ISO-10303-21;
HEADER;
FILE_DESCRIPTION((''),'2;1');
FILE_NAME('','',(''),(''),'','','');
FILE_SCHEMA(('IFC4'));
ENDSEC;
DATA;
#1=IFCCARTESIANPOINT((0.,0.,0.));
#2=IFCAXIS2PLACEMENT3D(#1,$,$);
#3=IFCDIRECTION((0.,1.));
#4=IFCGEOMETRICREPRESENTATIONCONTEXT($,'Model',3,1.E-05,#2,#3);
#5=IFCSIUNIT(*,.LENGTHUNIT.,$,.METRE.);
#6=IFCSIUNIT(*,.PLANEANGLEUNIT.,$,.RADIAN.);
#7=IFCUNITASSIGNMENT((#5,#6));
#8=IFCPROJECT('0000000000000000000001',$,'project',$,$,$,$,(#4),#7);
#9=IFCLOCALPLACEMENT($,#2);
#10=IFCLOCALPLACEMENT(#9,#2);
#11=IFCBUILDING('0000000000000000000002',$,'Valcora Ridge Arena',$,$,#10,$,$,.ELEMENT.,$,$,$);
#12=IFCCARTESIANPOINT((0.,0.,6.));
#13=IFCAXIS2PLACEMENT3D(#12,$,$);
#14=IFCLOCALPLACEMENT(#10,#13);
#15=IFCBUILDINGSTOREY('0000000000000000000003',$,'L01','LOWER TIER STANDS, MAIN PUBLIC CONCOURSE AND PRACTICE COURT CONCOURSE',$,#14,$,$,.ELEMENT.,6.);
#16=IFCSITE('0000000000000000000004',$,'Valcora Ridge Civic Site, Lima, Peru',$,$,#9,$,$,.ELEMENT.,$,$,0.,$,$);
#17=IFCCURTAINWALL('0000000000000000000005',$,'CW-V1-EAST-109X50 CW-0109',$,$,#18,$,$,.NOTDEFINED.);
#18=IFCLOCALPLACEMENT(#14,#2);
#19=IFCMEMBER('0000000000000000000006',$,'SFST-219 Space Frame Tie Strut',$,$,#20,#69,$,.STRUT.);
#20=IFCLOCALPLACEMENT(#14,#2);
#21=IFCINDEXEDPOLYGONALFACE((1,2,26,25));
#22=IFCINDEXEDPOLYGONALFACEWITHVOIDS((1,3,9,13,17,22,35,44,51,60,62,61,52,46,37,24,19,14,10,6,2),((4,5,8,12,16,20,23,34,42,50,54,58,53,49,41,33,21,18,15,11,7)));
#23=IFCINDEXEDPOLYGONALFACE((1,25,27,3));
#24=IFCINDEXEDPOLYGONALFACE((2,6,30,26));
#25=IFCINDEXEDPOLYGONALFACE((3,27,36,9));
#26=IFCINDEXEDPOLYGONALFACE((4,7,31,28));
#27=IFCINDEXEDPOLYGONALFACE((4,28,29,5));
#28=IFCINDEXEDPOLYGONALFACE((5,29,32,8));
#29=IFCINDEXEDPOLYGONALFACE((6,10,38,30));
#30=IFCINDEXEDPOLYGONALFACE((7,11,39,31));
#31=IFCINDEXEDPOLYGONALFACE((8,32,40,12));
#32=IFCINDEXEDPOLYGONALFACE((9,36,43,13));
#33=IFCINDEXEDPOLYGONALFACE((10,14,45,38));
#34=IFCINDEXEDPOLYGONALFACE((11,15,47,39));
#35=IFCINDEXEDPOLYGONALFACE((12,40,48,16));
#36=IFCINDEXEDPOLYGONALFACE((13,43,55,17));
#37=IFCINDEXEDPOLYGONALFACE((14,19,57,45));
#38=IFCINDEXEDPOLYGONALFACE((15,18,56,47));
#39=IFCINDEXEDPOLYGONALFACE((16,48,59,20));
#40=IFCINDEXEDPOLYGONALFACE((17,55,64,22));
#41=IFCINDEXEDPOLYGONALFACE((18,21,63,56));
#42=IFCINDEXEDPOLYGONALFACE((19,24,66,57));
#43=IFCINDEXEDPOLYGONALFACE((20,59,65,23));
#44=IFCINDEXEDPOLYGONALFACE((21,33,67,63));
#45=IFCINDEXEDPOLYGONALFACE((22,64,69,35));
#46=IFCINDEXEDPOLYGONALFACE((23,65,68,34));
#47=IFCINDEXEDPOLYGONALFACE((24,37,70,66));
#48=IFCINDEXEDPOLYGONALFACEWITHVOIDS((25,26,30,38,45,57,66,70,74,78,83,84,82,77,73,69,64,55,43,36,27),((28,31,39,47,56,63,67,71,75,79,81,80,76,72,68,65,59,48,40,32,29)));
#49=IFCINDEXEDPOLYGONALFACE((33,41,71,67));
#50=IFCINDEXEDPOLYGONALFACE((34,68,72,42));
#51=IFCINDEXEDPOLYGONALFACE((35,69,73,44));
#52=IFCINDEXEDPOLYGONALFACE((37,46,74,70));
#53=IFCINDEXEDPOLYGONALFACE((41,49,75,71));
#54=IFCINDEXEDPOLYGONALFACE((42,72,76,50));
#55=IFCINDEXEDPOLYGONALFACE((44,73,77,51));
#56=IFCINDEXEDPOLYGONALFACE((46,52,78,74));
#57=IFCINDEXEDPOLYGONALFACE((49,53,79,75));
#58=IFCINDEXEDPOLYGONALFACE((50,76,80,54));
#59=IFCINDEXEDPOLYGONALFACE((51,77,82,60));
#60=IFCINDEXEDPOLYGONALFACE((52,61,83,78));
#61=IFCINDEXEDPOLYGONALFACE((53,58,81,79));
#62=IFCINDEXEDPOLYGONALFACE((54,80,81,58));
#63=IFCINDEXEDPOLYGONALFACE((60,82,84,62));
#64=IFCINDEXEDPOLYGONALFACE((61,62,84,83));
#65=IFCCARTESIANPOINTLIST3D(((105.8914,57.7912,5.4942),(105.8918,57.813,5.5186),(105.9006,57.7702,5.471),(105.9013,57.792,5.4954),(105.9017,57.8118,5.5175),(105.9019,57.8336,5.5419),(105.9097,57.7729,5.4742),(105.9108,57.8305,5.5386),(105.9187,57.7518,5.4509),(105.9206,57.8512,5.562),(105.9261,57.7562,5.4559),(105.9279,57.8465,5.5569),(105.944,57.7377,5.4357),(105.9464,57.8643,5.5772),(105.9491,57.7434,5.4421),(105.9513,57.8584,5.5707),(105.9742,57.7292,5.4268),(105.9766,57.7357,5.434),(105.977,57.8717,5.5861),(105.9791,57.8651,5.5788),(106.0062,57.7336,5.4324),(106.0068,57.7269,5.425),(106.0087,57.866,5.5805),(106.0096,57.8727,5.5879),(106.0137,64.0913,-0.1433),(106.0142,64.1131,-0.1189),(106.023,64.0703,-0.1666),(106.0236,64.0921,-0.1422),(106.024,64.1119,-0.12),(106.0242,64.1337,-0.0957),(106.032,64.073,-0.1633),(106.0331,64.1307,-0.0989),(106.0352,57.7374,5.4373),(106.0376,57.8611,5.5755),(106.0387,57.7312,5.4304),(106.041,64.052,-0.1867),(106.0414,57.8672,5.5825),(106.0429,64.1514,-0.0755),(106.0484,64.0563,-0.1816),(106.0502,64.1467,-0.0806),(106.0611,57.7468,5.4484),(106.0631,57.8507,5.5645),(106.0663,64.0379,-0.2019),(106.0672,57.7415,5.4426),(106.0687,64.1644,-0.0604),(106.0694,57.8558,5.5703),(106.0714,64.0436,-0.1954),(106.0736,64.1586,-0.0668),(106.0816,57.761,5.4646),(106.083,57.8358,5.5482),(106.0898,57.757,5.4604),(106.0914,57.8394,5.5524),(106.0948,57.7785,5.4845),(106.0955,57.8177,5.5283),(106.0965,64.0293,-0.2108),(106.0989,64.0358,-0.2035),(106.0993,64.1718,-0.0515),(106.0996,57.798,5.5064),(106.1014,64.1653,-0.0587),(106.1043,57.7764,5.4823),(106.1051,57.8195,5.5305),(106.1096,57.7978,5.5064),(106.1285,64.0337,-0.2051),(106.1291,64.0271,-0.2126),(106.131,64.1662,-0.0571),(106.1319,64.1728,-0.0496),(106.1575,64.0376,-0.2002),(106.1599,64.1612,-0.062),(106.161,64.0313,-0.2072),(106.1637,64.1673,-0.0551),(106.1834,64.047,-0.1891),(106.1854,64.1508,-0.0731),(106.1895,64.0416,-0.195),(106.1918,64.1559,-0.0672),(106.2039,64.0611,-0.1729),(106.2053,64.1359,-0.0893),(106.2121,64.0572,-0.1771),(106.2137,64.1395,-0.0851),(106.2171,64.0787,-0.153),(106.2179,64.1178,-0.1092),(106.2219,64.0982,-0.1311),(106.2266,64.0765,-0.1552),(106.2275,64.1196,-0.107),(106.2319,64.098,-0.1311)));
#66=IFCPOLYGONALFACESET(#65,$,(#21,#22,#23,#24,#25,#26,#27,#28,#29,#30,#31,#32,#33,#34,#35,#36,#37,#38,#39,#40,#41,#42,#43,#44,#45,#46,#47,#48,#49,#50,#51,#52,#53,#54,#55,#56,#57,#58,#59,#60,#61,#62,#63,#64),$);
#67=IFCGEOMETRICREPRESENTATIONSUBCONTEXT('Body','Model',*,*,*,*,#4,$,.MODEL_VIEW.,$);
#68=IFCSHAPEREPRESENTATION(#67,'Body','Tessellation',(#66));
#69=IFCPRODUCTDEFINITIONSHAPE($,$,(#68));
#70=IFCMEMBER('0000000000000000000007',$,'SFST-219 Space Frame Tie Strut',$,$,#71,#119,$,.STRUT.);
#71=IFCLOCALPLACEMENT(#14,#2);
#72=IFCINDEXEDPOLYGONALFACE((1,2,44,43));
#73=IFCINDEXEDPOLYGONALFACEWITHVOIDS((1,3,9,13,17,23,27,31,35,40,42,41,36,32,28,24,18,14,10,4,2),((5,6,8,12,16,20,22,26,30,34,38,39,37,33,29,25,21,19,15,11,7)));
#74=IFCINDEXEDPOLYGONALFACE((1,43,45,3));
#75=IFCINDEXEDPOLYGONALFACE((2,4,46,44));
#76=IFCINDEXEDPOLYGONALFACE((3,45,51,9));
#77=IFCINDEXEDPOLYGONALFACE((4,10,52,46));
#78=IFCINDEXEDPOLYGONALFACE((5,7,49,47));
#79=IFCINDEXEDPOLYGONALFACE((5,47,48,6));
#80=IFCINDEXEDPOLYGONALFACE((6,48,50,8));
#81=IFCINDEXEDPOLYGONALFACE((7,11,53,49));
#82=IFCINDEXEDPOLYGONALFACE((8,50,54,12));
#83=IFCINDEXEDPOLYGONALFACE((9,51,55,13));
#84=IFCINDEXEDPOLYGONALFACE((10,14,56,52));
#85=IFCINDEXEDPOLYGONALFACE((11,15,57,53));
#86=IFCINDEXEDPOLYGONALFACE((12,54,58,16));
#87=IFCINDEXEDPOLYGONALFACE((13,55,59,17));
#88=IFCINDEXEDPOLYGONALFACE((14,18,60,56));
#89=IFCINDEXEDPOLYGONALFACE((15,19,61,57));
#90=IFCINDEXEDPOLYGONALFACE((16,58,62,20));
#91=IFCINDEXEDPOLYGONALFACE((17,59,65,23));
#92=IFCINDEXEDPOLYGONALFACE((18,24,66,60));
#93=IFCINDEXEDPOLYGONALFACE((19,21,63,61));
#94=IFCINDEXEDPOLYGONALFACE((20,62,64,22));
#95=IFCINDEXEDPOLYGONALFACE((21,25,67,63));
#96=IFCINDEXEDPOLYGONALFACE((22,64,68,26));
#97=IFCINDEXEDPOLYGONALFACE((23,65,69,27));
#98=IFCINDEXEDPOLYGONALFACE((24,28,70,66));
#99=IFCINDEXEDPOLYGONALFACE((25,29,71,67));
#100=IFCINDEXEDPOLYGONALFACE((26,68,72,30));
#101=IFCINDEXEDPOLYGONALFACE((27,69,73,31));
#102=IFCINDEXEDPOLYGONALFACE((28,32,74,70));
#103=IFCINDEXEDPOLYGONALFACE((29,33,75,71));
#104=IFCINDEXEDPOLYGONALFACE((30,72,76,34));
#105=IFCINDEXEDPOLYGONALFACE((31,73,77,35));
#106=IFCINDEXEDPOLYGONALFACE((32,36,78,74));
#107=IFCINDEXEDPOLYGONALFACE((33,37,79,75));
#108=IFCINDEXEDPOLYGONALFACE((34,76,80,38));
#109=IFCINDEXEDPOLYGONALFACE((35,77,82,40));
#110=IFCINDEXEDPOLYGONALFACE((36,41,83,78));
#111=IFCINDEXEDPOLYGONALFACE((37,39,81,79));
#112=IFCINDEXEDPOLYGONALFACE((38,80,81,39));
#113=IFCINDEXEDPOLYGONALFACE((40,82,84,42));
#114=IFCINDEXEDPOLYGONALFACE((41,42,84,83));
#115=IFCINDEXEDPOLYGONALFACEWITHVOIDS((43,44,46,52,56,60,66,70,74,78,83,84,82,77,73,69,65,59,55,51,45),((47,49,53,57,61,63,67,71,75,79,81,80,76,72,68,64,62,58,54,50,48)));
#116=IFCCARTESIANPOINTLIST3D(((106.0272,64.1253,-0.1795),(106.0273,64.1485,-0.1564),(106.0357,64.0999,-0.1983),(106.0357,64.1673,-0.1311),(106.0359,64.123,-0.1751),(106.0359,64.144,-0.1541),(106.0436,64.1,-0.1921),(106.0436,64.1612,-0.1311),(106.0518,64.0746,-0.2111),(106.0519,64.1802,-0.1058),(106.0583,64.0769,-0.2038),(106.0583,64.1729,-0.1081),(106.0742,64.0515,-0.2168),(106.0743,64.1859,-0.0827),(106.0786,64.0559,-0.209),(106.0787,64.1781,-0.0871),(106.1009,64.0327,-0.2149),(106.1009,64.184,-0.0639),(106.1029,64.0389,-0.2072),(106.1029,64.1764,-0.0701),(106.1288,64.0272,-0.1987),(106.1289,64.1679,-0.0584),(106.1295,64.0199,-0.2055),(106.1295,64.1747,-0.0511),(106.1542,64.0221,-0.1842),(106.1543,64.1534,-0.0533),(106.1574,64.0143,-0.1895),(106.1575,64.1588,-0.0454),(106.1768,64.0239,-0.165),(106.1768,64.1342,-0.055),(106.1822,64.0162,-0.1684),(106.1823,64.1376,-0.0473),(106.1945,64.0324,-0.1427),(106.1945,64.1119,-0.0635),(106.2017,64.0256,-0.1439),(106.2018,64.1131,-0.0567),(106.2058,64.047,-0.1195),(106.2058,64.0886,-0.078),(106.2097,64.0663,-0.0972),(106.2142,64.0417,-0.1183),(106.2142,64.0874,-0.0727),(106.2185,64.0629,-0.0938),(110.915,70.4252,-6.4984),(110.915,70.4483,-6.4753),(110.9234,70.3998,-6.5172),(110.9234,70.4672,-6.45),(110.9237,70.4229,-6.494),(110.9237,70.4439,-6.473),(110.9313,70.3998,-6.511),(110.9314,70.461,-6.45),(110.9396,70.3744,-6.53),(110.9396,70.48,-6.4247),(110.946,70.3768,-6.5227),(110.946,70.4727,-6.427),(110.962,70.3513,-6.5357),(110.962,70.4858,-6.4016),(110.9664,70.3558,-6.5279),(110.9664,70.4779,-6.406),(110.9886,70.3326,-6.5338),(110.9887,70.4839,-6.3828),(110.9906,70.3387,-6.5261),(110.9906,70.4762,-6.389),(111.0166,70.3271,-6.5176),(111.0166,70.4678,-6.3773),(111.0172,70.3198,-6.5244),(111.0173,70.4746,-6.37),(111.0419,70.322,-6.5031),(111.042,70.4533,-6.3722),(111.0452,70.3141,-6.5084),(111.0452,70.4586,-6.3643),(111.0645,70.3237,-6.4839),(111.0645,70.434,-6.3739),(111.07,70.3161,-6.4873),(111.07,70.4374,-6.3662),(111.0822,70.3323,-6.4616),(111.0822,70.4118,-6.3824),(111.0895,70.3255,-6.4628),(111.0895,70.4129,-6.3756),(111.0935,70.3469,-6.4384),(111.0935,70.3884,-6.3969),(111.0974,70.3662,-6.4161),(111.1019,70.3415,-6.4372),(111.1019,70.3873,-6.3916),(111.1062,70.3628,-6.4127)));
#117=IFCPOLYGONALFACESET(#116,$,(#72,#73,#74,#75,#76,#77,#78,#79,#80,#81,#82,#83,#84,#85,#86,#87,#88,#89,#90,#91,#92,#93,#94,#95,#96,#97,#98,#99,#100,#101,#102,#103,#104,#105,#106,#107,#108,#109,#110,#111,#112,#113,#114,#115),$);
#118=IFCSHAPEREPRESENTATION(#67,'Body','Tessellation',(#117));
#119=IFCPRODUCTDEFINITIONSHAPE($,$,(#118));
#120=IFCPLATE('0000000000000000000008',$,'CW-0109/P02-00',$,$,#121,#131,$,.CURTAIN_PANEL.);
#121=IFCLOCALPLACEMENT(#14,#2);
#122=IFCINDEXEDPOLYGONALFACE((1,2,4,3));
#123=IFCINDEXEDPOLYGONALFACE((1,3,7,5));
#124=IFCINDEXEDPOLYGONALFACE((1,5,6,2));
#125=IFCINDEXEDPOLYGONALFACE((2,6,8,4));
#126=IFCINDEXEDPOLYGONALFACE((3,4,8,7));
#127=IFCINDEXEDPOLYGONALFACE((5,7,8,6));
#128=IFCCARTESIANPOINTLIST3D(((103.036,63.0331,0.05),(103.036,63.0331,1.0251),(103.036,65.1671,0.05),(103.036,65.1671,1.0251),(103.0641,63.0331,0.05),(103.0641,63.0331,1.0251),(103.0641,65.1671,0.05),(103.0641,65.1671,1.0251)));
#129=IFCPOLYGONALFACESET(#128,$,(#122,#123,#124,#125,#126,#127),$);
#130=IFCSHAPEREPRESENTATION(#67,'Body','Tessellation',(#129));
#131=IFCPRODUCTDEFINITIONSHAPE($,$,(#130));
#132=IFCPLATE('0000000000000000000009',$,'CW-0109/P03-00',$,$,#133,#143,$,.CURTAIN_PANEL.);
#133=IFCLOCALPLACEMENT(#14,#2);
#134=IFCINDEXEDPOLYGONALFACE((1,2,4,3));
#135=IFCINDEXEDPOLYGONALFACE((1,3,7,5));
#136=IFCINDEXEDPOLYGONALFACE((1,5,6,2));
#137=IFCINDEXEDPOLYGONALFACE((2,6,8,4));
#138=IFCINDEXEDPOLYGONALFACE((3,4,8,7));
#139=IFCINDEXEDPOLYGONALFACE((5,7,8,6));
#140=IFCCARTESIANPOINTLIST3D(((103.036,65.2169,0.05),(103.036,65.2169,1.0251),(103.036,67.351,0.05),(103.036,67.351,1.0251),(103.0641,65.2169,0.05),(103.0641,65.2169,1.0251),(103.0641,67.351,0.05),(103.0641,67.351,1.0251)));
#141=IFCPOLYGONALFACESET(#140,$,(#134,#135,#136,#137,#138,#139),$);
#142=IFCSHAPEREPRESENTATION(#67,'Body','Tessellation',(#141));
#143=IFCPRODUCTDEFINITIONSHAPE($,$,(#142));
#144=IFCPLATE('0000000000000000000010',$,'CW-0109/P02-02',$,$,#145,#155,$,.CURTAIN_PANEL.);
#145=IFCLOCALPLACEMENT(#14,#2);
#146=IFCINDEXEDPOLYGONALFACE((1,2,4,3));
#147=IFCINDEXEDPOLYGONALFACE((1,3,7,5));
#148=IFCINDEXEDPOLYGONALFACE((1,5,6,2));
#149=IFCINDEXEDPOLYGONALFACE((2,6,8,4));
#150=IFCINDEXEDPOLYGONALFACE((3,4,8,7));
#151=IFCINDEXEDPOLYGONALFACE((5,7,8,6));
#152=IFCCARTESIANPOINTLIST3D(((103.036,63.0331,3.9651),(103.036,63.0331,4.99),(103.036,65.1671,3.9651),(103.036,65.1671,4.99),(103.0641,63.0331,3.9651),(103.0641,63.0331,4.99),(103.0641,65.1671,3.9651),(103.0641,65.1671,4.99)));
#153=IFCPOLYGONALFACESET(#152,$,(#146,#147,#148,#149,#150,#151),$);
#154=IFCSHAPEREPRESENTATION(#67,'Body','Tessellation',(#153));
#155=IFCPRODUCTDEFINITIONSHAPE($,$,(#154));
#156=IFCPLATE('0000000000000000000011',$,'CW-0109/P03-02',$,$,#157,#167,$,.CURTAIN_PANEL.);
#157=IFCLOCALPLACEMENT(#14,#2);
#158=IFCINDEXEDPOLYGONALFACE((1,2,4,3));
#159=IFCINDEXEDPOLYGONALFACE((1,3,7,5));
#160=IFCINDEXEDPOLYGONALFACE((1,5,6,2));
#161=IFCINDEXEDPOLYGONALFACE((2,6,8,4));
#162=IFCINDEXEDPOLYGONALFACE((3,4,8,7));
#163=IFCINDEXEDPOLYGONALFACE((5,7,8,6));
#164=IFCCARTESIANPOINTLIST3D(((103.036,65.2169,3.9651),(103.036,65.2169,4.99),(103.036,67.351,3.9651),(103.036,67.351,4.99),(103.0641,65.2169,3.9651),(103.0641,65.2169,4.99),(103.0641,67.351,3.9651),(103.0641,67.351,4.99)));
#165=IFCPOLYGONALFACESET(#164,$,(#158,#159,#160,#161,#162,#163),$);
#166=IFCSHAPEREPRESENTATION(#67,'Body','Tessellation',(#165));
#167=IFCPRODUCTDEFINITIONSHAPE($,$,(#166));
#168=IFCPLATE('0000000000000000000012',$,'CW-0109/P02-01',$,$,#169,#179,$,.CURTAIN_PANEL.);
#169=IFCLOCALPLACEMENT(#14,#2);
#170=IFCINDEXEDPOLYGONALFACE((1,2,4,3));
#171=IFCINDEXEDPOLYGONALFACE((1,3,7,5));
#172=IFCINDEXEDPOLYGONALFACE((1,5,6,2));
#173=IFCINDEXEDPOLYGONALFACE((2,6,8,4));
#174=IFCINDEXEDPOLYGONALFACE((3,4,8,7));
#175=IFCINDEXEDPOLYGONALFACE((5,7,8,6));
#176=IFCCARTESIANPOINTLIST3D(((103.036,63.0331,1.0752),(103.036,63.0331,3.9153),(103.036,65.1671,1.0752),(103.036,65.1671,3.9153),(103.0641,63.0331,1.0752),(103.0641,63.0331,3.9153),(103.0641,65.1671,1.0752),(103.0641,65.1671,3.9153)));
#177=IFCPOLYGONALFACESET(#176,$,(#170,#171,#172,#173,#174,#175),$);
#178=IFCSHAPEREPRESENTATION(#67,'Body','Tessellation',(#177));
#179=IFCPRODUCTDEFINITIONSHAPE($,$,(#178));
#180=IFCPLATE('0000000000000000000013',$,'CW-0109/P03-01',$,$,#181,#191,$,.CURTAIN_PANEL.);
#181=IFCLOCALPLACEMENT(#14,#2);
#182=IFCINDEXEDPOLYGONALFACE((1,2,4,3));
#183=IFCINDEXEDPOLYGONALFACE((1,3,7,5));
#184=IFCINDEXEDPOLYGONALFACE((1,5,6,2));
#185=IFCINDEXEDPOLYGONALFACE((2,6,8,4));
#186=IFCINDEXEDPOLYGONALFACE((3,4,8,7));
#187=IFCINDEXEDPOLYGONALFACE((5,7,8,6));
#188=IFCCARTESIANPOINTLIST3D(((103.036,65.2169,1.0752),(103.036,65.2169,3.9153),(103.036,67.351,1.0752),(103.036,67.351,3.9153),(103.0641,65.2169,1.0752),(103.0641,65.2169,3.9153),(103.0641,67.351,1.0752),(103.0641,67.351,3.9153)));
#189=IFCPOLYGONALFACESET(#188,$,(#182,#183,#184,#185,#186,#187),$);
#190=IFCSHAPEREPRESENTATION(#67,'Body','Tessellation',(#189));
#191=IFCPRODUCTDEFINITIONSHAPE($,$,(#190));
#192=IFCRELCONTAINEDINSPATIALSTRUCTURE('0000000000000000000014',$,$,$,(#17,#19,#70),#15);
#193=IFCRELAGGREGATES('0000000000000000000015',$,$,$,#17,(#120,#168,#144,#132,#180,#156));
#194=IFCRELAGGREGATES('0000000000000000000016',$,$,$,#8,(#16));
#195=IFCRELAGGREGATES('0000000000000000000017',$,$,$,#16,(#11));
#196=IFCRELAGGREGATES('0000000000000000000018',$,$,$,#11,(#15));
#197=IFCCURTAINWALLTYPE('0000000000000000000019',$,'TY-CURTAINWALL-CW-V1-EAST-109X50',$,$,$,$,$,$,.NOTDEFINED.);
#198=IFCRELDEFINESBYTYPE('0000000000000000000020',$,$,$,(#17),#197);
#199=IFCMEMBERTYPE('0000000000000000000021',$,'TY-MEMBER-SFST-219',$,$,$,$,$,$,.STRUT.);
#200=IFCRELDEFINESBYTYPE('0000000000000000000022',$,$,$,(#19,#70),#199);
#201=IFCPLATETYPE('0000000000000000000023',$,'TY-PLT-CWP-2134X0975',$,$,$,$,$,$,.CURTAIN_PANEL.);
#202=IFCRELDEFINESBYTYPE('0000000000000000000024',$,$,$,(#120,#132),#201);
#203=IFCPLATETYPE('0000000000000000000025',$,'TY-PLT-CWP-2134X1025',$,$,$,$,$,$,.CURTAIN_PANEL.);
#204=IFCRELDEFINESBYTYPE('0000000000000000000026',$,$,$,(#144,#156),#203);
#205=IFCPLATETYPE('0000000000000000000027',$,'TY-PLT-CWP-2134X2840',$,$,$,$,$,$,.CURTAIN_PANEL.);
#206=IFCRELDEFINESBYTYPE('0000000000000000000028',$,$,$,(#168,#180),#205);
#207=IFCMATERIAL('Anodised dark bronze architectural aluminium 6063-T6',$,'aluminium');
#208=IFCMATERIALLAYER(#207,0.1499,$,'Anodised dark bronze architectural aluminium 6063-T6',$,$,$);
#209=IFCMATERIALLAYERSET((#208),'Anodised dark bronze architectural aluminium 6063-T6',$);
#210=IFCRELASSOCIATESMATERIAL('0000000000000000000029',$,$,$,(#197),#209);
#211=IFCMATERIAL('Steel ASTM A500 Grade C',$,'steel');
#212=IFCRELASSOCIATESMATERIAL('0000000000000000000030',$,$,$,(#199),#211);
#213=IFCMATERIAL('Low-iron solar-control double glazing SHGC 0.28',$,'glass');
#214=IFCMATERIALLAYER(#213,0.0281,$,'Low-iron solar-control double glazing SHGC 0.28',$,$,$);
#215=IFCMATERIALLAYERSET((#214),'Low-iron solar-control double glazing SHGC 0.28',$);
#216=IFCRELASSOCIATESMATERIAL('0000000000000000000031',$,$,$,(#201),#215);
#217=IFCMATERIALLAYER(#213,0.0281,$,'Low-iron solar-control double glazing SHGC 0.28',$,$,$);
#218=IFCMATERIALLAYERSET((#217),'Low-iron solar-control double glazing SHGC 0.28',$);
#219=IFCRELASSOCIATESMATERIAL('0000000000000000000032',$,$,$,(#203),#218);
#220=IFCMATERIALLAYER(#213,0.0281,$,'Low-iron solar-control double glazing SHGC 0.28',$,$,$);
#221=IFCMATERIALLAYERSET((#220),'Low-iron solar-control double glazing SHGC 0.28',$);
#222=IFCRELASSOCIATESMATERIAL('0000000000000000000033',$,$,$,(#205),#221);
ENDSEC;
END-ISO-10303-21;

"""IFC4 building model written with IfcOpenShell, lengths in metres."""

from ifc_helpers import new_model, si_unit, direction, frame, origin, origin_2d, place, context, subcontext, project, spatial, rectangle, hollow_circle, extrude, material, layer, layer_set, material_profile, profile_set, type_object, element, aggregate, save


model = new_model("IFC4")

# Units and contexts
model_context = context("Model", 3, precision=1e-05, world=origin(), true_north=direction((0.0, 1.0)))
body_context = subcontext(model_context, "Body", "Model", "MODEL_VIEW")
ifc_project = project(units=[si_unit("LENGTHUNIT", "METRE"), si_unit("PLANEANGLEUNIT", "RADIAN")], contexts=[model_context])

# Site, building, storey
site_placement = place(None, origin())
site = spatial("IfcSite", under=ifc_project, at=site_placement, Name="Valcora Ridge Civic Site, Lima, Peru", CompositionType="ELEMENT", RefElevation=0.0)
building_placement = place(site_placement, origin())
building = spatial("IfcBuilding", under=site, at=building_placement, Name="Valcora Ridge Arena", CompositionType="ELEMENT")
storey_placement = place(building_placement, frame((0.0, 0.0, 6.0)))
storey = spatial("IfcBuildingStorey", under=building, at=storey_placement, Name="L01", Description="LOWER TIER STANDS, MAIN PUBLIC CONCOURSE AND PRACTICE COURT CONCOURSE", CompositionType="ELEMENT", Elevation=6.0)

# Curtain wall
ifc_material_1 = material(Name="Anodised dark bronze architectural aluminium 6063-T6", Category="aluminium")
ifc_layer_1 = layer(ifc_material_1, 0.1499, Name="Anodised dark bronze architectural aluminium 6063-T6")
ifc_layer_set_1 = layer_set([ifc_layer_1], Name="Anodised dark bronze architectural aluminium 6063-T6")
curtain_wall_type = type_object("IfcCurtainWallType", Name="TY-CURTAINWALL-CW-V1-EAST-109X50", PredefinedType="NOTDEFINED", material=ifc_layer_set_1)
curtain_wall_placement = place(storey_placement, origin())
curtain_wall = element("IfcCurtainWall", 1, at=curtain_wall_placement, inside=storey, type_object=curtain_wall_type, Name="CW-V1-EAST-109X50 CW-0109", PredefinedType="NOTDEFINED")

# Members
ifc_material_2 = material(Name="Steel ASTM A500 Grade C", Category="steel")
ifc_material_profile_1 = material_profile(ifc_material_2, hollow_circle(Radius=0.1096, WallThickness=0.01, at=origin_2d()), Name="CHS219X10")
ifc_profile_set_1 = profile_set([ifc_material_profile_1], Name="Steel ASTM A500 Grade C")
member_type_1 = type_object("IfcMemberType", Name="TY-MEMBER-SFST-219", PredefinedType="STRUT", material=ifc_profile_set_1)
member_1_placement = place(storey_placement, frame((106.1223, 64.1001, -0.1311), z_axis=(-0.014467, -0.74513, 0.666762), x_axis=(0.999812, -0.019411, 0.0)))
element("IfcMember", 2, at=member_1_placement, inside=storey, type_object=member_type_1, Name="SFST-219 Space Frame Tie Strut", PredefinedType="STRUT", context=body_context, shape_type="SweptSolid", body=[
    extrude(hollow_circle(Radius=0.1096, WallThickness=0.01, at=origin_2d()), origin(), (0.0, 0.0, 1.0), 8.4551),
])
member_2_placement = place(storey_placement, frame((106.1223, 64.1001, -0.1311), z_axis=(0.480423, 0.619222, -0.621094), x_axis=(-0.79009, 0.612991, 0.0)))
element("IfcMember", 3, at=member_2_placement, inside=storey, type_object=member_type_1, Name="SFST-219 Space Frame Tie Strut", PredefinedType="STRUT", context=body_context, shape_type="SweptSolid", body=[
    extrude(hollow_circle(Radius=0.1096, WallThickness=0.01, at=origin_2d()), origin(), (0.0, 0.0, 1.0), 10.1738),
])

# Plates
ifc_material_3 = material(Name="Low-iron solar-control double glazing SHGC 0.28", Category="glass")
ifc_layer_2 = layer(ifc_material_3, 0.0281, Name="Low-iron solar-control double glazing SHGC 0.28")
ifc_layer_set_2 = layer_set([ifc_layer_2], Name="Low-iron solar-control double glazing SHGC 0.28")
plate_type_1 = type_object("IfcPlateType", Name="TY-PLT-CWP-2134X0975", PredefinedType="CURTAIN_PANEL", material=ifc_layer_set_2)
plate_1_placement = place(storey_placement, frame((103.05, 64.1001, 0.05), z_axis=(0.0, 0.0, 1.0), x_axis=(0.0, 1.0, 0.0)))
plate_1 = element("IfcPlate", 4, at=plate_1_placement, type_object=plate_type_1, Name="CW-0109/P02-00", PredefinedType="CURTAIN_PANEL", context=body_context, shape_type="SweptSolid", body=[
    extrude(rectangle(XDim=2.134, YDim=0.0281, at=origin_2d()), origin(), (0.0, 0.0, 1.0), 0.9751),
])
plate_2_placement = place(storey_placement, frame((103.05, 66.2839, 0.05), z_axis=(0.0, 0.0, 1.0), x_axis=(0.0, 1.0, 0.0)))
plate_2 = element("IfcPlate", 5, at=plate_2_placement, type_object=plate_type_1, Name="CW-0109/P03-00", PredefinedType="CURTAIN_PANEL", context=body_context, shape_type="SweptSolid", body=[
    extrude(rectangle(XDim=2.134, YDim=0.0281, at=origin_2d()), origin(), (0.0, 0.0, 1.0), 0.9751),
])
ifc_layer_3 = layer(ifc_material_3, 0.0281, Name="Low-iron solar-control double glazing SHGC 0.28")
ifc_layer_set_3 = layer_set([ifc_layer_3], Name="Low-iron solar-control double glazing SHGC 0.28")
plate_type_2 = type_object("IfcPlateType", Name="TY-PLT-CWP-2134X1025", PredefinedType="CURTAIN_PANEL", material=ifc_layer_set_3)
plate_3_placement = place(storey_placement, frame((103.05, 64.1001, 3.9651), z_axis=(0.0, 0.0, 1.0), x_axis=(0.0, 1.0, 0.0)))
plate_3 = element("IfcPlate", 6, at=plate_3_placement, type_object=plate_type_2, Name="CW-0109/P02-02", PredefinedType="CURTAIN_PANEL", context=body_context, shape_type="SweptSolid", body=[
    extrude(rectangle(XDim=2.134, YDim=0.0281, at=origin_2d()), origin(), (0.0, 0.0, 1.0), 1.0249),
])
plate_4_placement = place(storey_placement, frame((103.05, 66.2839, 3.9651), z_axis=(0.0, 0.0, 1.0), x_axis=(0.0, 1.0, 0.0)))
plate_4 = element("IfcPlate", 7, at=plate_4_placement, type_object=plate_type_2, Name="CW-0109/P03-02", PredefinedType="CURTAIN_PANEL", context=body_context, shape_type="SweptSolid", body=[
    extrude(rectangle(XDim=2.134, YDim=0.0281, at=origin_2d()), origin(), (0.0, 0.0, 1.0), 1.0249),
])
ifc_layer_4 = layer(ifc_material_3, 0.0281, Name="Low-iron solar-control double glazing SHGC 0.28")
ifc_layer_set_4 = layer_set([ifc_layer_4], Name="Low-iron solar-control double glazing SHGC 0.28")
plate_type_3 = type_object("IfcPlateType", Name="TY-PLT-CWP-2134X2840", PredefinedType="CURTAIN_PANEL", material=ifc_layer_set_4)
plate_5_placement = place(storey_placement, frame((103.05, 64.1001, 1.0752), z_axis=(0.0, 0.0, 1.0), x_axis=(0.0, 1.0, 0.0)))
plate_5 = element("IfcPlate", 8, at=plate_5_placement, type_object=plate_type_3, Name="CW-0109/P02-01", PredefinedType="CURTAIN_PANEL", context=body_context, shape_type="SweptSolid", body=[
    extrude(rectangle(XDim=2.134, YDim=0.0281, at=origin_2d()), origin(), (0.0, 0.0, 1.0), 2.8401),
])
plate_6_placement = place(storey_placement, frame((103.05, 66.2839, 1.0752), z_axis=(0.0, 0.0, 1.0), x_axis=(0.0, 1.0, 0.0)))
plate_6 = element("IfcPlate", 9, at=plate_6_placement, type_object=plate_type_3, Name="CW-0109/P03-01", PredefinedType="CURTAIN_PANEL", context=body_context, shape_type="SweptSolid", body=[
    extrude(rectangle(XDim=2.134, YDim=0.0281, at=origin_2d()), origin(), (0.0, 0.0, 1.0), 2.8401),
])
aggregate(curtain_wall, [plate_1, plate_5, plate_3, plate_2, plate_6, plate_4])

save(model, "model.ifc")
